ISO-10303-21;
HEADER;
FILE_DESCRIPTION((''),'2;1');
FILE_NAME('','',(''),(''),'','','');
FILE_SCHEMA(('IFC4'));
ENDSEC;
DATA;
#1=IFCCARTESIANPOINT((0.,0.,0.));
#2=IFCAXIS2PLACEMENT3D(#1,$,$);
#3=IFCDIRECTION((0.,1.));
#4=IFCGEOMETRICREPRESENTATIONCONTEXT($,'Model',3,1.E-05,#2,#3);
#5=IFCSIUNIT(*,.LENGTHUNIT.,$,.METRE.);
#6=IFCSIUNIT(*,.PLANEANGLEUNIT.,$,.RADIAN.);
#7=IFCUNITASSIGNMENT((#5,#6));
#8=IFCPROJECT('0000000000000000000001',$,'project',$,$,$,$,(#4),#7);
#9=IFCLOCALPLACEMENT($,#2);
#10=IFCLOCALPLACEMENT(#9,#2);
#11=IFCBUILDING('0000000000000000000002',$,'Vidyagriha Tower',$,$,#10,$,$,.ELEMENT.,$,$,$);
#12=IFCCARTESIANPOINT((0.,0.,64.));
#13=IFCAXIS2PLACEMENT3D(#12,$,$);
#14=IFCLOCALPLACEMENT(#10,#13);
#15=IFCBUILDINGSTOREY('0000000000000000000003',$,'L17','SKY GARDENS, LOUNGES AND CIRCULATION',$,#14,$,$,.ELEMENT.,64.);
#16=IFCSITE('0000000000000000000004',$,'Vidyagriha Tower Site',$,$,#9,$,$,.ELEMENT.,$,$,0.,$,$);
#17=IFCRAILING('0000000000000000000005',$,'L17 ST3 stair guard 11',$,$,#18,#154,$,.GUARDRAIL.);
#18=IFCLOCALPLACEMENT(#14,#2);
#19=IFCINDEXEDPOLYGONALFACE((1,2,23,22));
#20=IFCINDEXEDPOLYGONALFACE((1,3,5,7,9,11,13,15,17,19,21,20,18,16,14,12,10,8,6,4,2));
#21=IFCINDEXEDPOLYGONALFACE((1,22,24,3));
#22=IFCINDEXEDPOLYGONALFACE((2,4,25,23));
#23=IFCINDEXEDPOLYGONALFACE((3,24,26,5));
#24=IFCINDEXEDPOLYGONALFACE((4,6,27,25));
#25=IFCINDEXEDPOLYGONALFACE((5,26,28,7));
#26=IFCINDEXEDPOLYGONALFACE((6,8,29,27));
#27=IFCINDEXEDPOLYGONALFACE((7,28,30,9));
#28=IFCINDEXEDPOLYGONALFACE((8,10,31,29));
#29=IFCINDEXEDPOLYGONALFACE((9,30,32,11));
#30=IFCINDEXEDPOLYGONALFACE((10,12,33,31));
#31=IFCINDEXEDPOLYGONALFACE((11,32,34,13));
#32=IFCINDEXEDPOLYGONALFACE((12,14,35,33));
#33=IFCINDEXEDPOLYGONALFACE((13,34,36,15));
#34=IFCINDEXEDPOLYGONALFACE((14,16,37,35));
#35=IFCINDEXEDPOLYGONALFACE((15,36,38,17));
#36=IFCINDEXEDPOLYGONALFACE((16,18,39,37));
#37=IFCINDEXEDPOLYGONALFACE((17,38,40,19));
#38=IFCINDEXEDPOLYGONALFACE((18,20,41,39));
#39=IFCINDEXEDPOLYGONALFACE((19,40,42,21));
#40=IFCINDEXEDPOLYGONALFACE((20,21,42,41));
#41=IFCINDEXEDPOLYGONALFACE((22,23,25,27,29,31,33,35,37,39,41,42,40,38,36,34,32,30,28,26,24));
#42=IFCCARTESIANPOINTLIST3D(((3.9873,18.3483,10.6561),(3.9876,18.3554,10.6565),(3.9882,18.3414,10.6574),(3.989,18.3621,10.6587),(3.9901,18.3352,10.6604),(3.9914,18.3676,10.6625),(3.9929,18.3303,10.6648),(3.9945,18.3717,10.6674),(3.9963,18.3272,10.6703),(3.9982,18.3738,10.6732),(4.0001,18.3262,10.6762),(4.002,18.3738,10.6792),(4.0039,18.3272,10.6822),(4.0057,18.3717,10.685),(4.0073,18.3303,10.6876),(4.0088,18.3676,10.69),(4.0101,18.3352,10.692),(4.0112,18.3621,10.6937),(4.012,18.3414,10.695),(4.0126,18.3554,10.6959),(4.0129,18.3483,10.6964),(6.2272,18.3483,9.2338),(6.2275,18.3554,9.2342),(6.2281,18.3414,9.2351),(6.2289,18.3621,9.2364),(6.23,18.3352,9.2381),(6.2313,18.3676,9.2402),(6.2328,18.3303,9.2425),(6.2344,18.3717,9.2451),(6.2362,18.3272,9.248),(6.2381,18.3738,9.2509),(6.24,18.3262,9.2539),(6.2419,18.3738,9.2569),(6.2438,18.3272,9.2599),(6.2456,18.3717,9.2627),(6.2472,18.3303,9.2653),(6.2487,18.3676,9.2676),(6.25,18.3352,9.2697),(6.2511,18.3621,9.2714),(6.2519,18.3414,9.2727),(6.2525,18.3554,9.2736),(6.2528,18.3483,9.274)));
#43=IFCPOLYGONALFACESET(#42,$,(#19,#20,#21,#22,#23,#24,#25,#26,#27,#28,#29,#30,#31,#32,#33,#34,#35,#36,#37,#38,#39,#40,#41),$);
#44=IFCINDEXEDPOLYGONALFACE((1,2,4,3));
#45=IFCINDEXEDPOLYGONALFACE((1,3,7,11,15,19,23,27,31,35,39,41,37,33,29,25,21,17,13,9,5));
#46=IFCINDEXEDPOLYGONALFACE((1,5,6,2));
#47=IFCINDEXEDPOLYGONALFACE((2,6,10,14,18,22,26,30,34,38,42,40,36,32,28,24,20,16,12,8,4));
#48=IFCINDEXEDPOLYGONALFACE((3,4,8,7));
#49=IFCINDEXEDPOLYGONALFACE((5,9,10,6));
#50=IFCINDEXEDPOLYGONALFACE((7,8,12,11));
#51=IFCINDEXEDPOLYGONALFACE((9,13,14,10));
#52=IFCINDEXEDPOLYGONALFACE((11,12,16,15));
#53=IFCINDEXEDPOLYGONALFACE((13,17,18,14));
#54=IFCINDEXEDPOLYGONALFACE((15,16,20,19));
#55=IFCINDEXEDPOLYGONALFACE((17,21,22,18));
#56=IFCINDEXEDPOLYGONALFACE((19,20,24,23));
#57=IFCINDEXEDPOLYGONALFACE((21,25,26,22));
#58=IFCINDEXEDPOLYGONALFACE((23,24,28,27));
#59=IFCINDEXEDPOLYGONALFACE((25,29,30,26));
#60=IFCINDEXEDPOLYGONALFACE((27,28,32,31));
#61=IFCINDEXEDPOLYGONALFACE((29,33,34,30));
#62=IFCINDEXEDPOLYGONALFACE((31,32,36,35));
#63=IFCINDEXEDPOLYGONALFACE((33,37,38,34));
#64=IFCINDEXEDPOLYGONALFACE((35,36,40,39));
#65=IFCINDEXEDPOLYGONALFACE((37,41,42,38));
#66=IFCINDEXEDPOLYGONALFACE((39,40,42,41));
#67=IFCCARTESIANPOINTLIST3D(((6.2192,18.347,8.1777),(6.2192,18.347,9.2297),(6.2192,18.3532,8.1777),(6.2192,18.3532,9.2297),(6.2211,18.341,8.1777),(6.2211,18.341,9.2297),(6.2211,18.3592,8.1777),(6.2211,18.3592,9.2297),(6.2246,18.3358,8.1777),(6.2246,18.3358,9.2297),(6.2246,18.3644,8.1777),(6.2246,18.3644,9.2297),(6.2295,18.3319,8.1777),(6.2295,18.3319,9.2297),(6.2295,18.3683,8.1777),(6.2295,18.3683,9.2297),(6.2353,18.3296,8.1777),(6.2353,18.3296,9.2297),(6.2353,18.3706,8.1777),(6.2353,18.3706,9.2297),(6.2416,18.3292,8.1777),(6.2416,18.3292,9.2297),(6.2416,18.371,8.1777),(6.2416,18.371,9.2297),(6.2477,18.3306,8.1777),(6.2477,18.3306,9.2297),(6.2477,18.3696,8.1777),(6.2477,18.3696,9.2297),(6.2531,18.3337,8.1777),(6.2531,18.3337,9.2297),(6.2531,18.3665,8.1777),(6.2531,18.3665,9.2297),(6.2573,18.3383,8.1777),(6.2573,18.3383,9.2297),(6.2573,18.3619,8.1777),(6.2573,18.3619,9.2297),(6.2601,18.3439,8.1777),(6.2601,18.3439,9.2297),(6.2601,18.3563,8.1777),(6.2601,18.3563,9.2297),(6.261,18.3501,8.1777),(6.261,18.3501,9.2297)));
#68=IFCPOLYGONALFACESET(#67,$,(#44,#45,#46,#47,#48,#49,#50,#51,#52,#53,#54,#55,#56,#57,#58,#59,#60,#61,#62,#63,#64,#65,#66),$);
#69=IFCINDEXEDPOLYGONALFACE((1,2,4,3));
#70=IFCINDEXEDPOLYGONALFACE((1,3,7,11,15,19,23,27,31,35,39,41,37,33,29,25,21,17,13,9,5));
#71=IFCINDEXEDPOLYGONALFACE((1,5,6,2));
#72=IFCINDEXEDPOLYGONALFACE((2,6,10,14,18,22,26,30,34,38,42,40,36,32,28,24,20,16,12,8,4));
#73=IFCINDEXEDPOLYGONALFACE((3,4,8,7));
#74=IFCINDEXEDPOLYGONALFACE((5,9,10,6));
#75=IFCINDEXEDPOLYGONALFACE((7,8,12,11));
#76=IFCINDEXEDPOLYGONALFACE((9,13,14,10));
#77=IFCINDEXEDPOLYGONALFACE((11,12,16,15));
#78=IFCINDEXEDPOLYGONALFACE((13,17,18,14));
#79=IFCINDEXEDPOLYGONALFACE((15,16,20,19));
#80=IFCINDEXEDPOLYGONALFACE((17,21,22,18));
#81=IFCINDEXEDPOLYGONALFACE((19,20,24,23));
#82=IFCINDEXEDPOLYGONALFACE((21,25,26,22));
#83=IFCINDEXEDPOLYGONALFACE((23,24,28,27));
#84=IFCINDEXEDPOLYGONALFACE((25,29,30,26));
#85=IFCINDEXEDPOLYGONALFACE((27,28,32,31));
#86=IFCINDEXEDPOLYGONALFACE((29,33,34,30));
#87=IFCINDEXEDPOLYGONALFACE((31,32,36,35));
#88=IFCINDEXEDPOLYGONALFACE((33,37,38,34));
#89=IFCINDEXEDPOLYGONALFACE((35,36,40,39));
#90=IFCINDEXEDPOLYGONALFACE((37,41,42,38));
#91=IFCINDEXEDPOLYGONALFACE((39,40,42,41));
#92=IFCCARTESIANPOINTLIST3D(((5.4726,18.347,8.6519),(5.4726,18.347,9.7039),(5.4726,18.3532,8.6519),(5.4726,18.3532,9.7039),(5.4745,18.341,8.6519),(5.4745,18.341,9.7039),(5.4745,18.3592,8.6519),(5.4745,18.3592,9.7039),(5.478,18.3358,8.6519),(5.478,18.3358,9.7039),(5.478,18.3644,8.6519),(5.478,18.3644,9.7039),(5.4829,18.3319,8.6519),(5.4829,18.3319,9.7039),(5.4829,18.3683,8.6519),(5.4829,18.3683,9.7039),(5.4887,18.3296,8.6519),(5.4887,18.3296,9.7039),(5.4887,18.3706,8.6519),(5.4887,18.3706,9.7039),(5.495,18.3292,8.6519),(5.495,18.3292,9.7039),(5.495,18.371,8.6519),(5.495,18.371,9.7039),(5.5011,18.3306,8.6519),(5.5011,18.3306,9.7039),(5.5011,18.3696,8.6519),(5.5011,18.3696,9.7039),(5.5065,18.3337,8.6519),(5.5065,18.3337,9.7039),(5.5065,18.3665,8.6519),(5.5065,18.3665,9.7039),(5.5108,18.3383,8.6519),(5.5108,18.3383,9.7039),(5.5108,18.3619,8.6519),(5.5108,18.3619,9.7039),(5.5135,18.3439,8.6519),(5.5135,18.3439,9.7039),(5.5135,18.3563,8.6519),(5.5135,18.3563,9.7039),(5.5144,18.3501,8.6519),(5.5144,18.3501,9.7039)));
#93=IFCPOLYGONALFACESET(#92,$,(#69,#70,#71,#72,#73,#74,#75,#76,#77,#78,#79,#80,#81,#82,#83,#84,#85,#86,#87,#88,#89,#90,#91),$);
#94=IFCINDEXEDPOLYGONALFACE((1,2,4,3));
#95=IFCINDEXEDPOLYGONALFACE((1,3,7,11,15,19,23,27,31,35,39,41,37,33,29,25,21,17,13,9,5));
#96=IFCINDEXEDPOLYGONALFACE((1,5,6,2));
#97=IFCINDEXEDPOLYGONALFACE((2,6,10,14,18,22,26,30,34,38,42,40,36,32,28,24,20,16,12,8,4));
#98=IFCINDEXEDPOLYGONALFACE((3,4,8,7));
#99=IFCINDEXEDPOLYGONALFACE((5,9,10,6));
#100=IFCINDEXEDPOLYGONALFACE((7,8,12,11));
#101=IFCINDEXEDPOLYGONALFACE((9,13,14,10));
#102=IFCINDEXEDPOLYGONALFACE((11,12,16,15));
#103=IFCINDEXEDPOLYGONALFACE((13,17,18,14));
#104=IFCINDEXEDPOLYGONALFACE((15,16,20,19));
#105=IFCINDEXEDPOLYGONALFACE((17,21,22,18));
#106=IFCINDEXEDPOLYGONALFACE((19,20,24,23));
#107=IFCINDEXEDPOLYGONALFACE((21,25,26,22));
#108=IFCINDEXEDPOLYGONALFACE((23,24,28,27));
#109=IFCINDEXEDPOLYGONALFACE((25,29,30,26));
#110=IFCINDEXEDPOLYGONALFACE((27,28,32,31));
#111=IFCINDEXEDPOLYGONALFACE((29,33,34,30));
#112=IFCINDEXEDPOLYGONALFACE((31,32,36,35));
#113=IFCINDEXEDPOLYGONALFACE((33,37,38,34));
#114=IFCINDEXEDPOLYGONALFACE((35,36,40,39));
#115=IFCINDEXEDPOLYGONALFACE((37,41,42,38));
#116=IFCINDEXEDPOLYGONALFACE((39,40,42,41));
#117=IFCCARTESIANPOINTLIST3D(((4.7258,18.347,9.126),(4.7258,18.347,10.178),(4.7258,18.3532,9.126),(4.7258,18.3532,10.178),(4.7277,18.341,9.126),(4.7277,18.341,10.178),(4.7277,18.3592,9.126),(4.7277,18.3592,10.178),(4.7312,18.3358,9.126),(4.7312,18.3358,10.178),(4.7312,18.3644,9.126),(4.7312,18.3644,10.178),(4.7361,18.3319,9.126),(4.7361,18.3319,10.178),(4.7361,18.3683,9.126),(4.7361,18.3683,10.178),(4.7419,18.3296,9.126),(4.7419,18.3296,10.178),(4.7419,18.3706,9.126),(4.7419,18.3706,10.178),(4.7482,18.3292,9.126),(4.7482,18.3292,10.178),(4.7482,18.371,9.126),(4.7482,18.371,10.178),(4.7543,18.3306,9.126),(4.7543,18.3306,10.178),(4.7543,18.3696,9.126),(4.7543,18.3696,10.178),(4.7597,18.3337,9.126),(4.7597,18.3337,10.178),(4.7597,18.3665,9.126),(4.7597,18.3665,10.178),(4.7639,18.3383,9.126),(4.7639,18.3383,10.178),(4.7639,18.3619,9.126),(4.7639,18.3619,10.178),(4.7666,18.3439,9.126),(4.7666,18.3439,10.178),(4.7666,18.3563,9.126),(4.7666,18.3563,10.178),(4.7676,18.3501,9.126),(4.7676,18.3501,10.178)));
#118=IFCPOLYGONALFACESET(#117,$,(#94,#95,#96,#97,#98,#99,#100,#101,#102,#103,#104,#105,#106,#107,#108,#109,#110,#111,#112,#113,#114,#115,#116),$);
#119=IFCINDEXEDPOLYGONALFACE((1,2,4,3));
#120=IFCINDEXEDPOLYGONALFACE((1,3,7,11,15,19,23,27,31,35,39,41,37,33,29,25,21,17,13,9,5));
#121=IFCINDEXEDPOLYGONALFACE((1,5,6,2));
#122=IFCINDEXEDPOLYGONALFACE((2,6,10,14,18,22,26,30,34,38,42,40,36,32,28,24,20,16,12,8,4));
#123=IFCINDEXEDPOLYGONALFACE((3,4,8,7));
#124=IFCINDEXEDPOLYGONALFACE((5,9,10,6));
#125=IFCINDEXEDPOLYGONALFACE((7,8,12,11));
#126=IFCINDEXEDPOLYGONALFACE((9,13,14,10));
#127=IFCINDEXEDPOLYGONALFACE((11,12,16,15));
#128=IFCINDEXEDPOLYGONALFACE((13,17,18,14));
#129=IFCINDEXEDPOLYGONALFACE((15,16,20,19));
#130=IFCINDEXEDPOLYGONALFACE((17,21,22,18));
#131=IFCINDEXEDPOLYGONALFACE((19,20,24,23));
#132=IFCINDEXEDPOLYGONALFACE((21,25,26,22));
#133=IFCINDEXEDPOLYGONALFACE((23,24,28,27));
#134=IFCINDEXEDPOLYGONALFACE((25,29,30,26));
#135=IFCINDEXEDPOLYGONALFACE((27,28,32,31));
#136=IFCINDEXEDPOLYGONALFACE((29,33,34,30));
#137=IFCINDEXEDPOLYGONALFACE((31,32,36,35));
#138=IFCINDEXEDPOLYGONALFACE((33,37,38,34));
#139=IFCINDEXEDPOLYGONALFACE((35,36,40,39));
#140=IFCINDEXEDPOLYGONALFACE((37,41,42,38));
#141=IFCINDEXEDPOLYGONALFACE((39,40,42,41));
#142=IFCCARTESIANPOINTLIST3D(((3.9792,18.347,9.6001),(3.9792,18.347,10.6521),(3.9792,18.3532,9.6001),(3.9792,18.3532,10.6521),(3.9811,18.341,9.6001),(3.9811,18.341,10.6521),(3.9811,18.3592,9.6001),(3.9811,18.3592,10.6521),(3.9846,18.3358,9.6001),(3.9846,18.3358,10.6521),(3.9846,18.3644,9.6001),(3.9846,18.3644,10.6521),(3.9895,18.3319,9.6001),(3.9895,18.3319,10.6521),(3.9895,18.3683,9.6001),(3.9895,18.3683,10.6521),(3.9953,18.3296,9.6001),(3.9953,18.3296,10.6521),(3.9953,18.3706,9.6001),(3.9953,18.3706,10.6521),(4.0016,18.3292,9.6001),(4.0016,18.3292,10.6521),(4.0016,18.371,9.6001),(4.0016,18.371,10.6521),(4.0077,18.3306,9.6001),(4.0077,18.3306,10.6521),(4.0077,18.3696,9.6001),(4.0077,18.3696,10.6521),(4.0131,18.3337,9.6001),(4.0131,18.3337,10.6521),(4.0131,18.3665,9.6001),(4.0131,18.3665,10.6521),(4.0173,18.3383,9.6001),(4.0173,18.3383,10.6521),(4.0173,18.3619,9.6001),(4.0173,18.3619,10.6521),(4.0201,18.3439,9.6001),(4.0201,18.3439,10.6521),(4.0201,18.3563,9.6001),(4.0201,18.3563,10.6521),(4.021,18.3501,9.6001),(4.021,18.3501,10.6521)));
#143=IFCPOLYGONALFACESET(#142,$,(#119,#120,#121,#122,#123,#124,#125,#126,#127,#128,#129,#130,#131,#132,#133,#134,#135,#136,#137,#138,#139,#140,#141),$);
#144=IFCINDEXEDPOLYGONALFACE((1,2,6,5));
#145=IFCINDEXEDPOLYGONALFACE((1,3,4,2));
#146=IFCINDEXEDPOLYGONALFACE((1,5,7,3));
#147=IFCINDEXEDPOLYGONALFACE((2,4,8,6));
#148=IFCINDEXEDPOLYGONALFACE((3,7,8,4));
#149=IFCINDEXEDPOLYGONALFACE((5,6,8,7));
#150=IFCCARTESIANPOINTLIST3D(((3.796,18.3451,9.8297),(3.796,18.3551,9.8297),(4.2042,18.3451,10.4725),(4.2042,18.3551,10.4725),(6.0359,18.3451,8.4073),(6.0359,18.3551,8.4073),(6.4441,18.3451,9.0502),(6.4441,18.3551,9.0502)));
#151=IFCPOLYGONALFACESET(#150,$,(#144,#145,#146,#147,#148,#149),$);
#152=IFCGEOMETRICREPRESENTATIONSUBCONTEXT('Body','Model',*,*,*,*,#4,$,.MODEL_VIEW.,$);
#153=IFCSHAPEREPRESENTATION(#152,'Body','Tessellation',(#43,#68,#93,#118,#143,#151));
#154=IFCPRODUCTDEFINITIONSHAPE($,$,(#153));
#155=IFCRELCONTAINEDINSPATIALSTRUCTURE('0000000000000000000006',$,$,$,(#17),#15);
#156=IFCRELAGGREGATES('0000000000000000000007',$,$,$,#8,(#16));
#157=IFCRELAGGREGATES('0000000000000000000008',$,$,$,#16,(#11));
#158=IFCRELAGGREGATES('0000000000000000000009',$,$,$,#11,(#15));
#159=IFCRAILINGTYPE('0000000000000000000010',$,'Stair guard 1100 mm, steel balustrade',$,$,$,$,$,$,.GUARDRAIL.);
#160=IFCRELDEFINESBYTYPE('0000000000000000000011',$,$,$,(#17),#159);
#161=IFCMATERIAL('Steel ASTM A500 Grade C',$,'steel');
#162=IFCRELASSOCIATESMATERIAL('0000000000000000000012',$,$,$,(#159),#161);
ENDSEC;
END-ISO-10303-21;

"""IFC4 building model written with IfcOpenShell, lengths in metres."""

from ifc_helpers import new_model, si_unit, direction, frame, origin, origin_2d, place, context, subcontext, project, spatial, rectangle, circle, extrude, material, type_object, element, save


model = new_model("IFC4")

# Units and contexts
model_context = context("Model", 3, precision=1e-05, world=origin(), true_north=direction((0.0, 1.0)))
body_context = subcontext(model_context, "Body", "Model", "MODEL_VIEW")
ifc_project = project(units=[si_unit("LENGTHUNIT", "METRE"), si_unit("PLANEANGLEUNIT", "RADIAN")], contexts=[model_context])

# Site, building, storey
site_placement = place(None, origin())
site = spatial("IfcSite", under=ifc_project, at=site_placement, Name="Vidyagriha Tower Site", CompositionType="ELEMENT", RefElevation=0.0)
building_placement = place(site_placement, origin())
building = spatial("IfcBuilding", under=site, at=building_placement, Name="Vidyagriha Tower", CompositionType="ELEMENT")
storey_placement = place(building_placement, frame((0.0, 0.0, 64.0)))
storey = spatial("IfcBuildingStorey", under=building, at=storey_placement, Name="L17", Description="SKY GARDENS, LOUNGES AND CIRCULATION", CompositionType="ELEMENT", Elevation=64.0)

# Railing
ifc_material_1 = material(Name="Steel ASTM A500 Grade C", Category="steel")
railing_type_1 = type_object("IfcRailingType", Name="Stair guard 1100 mm, steel balustrade", PredefinedType="GUARDRAIL", material=ifc_material_1)
railing_1_placement = place(storey_placement, frame((6.24, 18.3501, 8.1777)))
element("IfcRailing", 1, at=railing_1_placement, inside=storey, type_object=railing_type_1, Name="L17 ST3 stair guard 11", PredefinedType="GUARDRAIL", context=body_context, shape_type="SweptSolid", body=[
    extrude(circle(Radius=0.0239, at=origin_2d()), frame((0.0, 0.0, 1.0762), z_axis=(-0.844188, 0.0, 0.536048), x_axis=(0.0, -1.0, 0.0)), (0.0, 0.0, 1.0), 2.6533),
    extrude(circle(Radius=0.021, at=origin_2d()), origin(), (0.0, 0.0, 1.0), 1.052),
    extrude(circle(Radius=0.021, at=origin_2d()), frame((-0.7466, 0.0, 0.4741)), (0.0, 0.0, 1.0), 1.052),
    extrude(circle(Radius=0.021, at=origin_2d()), frame((-1.4934, 0.0, 0.9482)), (0.0, 0.0, 1.0), 1.052),
    extrude(circle(Radius=0.021, at=origin_2d()), frame((-2.24, 0.0, 1.4224)), (0.0, 0.0, 1.0), 1.052),
    extrude(rectangle(XDim=0.01, YDim=0.7615, at=origin_2d()), frame((0.0, 0.0, 0.551), z_axis=(-0.844188, 0.0, 0.536048), x_axis=(0.0, -1.0, 0.0)), (0.0, 0.0, 1.0), 2.6533),
])

save(model, "model.ifc")
